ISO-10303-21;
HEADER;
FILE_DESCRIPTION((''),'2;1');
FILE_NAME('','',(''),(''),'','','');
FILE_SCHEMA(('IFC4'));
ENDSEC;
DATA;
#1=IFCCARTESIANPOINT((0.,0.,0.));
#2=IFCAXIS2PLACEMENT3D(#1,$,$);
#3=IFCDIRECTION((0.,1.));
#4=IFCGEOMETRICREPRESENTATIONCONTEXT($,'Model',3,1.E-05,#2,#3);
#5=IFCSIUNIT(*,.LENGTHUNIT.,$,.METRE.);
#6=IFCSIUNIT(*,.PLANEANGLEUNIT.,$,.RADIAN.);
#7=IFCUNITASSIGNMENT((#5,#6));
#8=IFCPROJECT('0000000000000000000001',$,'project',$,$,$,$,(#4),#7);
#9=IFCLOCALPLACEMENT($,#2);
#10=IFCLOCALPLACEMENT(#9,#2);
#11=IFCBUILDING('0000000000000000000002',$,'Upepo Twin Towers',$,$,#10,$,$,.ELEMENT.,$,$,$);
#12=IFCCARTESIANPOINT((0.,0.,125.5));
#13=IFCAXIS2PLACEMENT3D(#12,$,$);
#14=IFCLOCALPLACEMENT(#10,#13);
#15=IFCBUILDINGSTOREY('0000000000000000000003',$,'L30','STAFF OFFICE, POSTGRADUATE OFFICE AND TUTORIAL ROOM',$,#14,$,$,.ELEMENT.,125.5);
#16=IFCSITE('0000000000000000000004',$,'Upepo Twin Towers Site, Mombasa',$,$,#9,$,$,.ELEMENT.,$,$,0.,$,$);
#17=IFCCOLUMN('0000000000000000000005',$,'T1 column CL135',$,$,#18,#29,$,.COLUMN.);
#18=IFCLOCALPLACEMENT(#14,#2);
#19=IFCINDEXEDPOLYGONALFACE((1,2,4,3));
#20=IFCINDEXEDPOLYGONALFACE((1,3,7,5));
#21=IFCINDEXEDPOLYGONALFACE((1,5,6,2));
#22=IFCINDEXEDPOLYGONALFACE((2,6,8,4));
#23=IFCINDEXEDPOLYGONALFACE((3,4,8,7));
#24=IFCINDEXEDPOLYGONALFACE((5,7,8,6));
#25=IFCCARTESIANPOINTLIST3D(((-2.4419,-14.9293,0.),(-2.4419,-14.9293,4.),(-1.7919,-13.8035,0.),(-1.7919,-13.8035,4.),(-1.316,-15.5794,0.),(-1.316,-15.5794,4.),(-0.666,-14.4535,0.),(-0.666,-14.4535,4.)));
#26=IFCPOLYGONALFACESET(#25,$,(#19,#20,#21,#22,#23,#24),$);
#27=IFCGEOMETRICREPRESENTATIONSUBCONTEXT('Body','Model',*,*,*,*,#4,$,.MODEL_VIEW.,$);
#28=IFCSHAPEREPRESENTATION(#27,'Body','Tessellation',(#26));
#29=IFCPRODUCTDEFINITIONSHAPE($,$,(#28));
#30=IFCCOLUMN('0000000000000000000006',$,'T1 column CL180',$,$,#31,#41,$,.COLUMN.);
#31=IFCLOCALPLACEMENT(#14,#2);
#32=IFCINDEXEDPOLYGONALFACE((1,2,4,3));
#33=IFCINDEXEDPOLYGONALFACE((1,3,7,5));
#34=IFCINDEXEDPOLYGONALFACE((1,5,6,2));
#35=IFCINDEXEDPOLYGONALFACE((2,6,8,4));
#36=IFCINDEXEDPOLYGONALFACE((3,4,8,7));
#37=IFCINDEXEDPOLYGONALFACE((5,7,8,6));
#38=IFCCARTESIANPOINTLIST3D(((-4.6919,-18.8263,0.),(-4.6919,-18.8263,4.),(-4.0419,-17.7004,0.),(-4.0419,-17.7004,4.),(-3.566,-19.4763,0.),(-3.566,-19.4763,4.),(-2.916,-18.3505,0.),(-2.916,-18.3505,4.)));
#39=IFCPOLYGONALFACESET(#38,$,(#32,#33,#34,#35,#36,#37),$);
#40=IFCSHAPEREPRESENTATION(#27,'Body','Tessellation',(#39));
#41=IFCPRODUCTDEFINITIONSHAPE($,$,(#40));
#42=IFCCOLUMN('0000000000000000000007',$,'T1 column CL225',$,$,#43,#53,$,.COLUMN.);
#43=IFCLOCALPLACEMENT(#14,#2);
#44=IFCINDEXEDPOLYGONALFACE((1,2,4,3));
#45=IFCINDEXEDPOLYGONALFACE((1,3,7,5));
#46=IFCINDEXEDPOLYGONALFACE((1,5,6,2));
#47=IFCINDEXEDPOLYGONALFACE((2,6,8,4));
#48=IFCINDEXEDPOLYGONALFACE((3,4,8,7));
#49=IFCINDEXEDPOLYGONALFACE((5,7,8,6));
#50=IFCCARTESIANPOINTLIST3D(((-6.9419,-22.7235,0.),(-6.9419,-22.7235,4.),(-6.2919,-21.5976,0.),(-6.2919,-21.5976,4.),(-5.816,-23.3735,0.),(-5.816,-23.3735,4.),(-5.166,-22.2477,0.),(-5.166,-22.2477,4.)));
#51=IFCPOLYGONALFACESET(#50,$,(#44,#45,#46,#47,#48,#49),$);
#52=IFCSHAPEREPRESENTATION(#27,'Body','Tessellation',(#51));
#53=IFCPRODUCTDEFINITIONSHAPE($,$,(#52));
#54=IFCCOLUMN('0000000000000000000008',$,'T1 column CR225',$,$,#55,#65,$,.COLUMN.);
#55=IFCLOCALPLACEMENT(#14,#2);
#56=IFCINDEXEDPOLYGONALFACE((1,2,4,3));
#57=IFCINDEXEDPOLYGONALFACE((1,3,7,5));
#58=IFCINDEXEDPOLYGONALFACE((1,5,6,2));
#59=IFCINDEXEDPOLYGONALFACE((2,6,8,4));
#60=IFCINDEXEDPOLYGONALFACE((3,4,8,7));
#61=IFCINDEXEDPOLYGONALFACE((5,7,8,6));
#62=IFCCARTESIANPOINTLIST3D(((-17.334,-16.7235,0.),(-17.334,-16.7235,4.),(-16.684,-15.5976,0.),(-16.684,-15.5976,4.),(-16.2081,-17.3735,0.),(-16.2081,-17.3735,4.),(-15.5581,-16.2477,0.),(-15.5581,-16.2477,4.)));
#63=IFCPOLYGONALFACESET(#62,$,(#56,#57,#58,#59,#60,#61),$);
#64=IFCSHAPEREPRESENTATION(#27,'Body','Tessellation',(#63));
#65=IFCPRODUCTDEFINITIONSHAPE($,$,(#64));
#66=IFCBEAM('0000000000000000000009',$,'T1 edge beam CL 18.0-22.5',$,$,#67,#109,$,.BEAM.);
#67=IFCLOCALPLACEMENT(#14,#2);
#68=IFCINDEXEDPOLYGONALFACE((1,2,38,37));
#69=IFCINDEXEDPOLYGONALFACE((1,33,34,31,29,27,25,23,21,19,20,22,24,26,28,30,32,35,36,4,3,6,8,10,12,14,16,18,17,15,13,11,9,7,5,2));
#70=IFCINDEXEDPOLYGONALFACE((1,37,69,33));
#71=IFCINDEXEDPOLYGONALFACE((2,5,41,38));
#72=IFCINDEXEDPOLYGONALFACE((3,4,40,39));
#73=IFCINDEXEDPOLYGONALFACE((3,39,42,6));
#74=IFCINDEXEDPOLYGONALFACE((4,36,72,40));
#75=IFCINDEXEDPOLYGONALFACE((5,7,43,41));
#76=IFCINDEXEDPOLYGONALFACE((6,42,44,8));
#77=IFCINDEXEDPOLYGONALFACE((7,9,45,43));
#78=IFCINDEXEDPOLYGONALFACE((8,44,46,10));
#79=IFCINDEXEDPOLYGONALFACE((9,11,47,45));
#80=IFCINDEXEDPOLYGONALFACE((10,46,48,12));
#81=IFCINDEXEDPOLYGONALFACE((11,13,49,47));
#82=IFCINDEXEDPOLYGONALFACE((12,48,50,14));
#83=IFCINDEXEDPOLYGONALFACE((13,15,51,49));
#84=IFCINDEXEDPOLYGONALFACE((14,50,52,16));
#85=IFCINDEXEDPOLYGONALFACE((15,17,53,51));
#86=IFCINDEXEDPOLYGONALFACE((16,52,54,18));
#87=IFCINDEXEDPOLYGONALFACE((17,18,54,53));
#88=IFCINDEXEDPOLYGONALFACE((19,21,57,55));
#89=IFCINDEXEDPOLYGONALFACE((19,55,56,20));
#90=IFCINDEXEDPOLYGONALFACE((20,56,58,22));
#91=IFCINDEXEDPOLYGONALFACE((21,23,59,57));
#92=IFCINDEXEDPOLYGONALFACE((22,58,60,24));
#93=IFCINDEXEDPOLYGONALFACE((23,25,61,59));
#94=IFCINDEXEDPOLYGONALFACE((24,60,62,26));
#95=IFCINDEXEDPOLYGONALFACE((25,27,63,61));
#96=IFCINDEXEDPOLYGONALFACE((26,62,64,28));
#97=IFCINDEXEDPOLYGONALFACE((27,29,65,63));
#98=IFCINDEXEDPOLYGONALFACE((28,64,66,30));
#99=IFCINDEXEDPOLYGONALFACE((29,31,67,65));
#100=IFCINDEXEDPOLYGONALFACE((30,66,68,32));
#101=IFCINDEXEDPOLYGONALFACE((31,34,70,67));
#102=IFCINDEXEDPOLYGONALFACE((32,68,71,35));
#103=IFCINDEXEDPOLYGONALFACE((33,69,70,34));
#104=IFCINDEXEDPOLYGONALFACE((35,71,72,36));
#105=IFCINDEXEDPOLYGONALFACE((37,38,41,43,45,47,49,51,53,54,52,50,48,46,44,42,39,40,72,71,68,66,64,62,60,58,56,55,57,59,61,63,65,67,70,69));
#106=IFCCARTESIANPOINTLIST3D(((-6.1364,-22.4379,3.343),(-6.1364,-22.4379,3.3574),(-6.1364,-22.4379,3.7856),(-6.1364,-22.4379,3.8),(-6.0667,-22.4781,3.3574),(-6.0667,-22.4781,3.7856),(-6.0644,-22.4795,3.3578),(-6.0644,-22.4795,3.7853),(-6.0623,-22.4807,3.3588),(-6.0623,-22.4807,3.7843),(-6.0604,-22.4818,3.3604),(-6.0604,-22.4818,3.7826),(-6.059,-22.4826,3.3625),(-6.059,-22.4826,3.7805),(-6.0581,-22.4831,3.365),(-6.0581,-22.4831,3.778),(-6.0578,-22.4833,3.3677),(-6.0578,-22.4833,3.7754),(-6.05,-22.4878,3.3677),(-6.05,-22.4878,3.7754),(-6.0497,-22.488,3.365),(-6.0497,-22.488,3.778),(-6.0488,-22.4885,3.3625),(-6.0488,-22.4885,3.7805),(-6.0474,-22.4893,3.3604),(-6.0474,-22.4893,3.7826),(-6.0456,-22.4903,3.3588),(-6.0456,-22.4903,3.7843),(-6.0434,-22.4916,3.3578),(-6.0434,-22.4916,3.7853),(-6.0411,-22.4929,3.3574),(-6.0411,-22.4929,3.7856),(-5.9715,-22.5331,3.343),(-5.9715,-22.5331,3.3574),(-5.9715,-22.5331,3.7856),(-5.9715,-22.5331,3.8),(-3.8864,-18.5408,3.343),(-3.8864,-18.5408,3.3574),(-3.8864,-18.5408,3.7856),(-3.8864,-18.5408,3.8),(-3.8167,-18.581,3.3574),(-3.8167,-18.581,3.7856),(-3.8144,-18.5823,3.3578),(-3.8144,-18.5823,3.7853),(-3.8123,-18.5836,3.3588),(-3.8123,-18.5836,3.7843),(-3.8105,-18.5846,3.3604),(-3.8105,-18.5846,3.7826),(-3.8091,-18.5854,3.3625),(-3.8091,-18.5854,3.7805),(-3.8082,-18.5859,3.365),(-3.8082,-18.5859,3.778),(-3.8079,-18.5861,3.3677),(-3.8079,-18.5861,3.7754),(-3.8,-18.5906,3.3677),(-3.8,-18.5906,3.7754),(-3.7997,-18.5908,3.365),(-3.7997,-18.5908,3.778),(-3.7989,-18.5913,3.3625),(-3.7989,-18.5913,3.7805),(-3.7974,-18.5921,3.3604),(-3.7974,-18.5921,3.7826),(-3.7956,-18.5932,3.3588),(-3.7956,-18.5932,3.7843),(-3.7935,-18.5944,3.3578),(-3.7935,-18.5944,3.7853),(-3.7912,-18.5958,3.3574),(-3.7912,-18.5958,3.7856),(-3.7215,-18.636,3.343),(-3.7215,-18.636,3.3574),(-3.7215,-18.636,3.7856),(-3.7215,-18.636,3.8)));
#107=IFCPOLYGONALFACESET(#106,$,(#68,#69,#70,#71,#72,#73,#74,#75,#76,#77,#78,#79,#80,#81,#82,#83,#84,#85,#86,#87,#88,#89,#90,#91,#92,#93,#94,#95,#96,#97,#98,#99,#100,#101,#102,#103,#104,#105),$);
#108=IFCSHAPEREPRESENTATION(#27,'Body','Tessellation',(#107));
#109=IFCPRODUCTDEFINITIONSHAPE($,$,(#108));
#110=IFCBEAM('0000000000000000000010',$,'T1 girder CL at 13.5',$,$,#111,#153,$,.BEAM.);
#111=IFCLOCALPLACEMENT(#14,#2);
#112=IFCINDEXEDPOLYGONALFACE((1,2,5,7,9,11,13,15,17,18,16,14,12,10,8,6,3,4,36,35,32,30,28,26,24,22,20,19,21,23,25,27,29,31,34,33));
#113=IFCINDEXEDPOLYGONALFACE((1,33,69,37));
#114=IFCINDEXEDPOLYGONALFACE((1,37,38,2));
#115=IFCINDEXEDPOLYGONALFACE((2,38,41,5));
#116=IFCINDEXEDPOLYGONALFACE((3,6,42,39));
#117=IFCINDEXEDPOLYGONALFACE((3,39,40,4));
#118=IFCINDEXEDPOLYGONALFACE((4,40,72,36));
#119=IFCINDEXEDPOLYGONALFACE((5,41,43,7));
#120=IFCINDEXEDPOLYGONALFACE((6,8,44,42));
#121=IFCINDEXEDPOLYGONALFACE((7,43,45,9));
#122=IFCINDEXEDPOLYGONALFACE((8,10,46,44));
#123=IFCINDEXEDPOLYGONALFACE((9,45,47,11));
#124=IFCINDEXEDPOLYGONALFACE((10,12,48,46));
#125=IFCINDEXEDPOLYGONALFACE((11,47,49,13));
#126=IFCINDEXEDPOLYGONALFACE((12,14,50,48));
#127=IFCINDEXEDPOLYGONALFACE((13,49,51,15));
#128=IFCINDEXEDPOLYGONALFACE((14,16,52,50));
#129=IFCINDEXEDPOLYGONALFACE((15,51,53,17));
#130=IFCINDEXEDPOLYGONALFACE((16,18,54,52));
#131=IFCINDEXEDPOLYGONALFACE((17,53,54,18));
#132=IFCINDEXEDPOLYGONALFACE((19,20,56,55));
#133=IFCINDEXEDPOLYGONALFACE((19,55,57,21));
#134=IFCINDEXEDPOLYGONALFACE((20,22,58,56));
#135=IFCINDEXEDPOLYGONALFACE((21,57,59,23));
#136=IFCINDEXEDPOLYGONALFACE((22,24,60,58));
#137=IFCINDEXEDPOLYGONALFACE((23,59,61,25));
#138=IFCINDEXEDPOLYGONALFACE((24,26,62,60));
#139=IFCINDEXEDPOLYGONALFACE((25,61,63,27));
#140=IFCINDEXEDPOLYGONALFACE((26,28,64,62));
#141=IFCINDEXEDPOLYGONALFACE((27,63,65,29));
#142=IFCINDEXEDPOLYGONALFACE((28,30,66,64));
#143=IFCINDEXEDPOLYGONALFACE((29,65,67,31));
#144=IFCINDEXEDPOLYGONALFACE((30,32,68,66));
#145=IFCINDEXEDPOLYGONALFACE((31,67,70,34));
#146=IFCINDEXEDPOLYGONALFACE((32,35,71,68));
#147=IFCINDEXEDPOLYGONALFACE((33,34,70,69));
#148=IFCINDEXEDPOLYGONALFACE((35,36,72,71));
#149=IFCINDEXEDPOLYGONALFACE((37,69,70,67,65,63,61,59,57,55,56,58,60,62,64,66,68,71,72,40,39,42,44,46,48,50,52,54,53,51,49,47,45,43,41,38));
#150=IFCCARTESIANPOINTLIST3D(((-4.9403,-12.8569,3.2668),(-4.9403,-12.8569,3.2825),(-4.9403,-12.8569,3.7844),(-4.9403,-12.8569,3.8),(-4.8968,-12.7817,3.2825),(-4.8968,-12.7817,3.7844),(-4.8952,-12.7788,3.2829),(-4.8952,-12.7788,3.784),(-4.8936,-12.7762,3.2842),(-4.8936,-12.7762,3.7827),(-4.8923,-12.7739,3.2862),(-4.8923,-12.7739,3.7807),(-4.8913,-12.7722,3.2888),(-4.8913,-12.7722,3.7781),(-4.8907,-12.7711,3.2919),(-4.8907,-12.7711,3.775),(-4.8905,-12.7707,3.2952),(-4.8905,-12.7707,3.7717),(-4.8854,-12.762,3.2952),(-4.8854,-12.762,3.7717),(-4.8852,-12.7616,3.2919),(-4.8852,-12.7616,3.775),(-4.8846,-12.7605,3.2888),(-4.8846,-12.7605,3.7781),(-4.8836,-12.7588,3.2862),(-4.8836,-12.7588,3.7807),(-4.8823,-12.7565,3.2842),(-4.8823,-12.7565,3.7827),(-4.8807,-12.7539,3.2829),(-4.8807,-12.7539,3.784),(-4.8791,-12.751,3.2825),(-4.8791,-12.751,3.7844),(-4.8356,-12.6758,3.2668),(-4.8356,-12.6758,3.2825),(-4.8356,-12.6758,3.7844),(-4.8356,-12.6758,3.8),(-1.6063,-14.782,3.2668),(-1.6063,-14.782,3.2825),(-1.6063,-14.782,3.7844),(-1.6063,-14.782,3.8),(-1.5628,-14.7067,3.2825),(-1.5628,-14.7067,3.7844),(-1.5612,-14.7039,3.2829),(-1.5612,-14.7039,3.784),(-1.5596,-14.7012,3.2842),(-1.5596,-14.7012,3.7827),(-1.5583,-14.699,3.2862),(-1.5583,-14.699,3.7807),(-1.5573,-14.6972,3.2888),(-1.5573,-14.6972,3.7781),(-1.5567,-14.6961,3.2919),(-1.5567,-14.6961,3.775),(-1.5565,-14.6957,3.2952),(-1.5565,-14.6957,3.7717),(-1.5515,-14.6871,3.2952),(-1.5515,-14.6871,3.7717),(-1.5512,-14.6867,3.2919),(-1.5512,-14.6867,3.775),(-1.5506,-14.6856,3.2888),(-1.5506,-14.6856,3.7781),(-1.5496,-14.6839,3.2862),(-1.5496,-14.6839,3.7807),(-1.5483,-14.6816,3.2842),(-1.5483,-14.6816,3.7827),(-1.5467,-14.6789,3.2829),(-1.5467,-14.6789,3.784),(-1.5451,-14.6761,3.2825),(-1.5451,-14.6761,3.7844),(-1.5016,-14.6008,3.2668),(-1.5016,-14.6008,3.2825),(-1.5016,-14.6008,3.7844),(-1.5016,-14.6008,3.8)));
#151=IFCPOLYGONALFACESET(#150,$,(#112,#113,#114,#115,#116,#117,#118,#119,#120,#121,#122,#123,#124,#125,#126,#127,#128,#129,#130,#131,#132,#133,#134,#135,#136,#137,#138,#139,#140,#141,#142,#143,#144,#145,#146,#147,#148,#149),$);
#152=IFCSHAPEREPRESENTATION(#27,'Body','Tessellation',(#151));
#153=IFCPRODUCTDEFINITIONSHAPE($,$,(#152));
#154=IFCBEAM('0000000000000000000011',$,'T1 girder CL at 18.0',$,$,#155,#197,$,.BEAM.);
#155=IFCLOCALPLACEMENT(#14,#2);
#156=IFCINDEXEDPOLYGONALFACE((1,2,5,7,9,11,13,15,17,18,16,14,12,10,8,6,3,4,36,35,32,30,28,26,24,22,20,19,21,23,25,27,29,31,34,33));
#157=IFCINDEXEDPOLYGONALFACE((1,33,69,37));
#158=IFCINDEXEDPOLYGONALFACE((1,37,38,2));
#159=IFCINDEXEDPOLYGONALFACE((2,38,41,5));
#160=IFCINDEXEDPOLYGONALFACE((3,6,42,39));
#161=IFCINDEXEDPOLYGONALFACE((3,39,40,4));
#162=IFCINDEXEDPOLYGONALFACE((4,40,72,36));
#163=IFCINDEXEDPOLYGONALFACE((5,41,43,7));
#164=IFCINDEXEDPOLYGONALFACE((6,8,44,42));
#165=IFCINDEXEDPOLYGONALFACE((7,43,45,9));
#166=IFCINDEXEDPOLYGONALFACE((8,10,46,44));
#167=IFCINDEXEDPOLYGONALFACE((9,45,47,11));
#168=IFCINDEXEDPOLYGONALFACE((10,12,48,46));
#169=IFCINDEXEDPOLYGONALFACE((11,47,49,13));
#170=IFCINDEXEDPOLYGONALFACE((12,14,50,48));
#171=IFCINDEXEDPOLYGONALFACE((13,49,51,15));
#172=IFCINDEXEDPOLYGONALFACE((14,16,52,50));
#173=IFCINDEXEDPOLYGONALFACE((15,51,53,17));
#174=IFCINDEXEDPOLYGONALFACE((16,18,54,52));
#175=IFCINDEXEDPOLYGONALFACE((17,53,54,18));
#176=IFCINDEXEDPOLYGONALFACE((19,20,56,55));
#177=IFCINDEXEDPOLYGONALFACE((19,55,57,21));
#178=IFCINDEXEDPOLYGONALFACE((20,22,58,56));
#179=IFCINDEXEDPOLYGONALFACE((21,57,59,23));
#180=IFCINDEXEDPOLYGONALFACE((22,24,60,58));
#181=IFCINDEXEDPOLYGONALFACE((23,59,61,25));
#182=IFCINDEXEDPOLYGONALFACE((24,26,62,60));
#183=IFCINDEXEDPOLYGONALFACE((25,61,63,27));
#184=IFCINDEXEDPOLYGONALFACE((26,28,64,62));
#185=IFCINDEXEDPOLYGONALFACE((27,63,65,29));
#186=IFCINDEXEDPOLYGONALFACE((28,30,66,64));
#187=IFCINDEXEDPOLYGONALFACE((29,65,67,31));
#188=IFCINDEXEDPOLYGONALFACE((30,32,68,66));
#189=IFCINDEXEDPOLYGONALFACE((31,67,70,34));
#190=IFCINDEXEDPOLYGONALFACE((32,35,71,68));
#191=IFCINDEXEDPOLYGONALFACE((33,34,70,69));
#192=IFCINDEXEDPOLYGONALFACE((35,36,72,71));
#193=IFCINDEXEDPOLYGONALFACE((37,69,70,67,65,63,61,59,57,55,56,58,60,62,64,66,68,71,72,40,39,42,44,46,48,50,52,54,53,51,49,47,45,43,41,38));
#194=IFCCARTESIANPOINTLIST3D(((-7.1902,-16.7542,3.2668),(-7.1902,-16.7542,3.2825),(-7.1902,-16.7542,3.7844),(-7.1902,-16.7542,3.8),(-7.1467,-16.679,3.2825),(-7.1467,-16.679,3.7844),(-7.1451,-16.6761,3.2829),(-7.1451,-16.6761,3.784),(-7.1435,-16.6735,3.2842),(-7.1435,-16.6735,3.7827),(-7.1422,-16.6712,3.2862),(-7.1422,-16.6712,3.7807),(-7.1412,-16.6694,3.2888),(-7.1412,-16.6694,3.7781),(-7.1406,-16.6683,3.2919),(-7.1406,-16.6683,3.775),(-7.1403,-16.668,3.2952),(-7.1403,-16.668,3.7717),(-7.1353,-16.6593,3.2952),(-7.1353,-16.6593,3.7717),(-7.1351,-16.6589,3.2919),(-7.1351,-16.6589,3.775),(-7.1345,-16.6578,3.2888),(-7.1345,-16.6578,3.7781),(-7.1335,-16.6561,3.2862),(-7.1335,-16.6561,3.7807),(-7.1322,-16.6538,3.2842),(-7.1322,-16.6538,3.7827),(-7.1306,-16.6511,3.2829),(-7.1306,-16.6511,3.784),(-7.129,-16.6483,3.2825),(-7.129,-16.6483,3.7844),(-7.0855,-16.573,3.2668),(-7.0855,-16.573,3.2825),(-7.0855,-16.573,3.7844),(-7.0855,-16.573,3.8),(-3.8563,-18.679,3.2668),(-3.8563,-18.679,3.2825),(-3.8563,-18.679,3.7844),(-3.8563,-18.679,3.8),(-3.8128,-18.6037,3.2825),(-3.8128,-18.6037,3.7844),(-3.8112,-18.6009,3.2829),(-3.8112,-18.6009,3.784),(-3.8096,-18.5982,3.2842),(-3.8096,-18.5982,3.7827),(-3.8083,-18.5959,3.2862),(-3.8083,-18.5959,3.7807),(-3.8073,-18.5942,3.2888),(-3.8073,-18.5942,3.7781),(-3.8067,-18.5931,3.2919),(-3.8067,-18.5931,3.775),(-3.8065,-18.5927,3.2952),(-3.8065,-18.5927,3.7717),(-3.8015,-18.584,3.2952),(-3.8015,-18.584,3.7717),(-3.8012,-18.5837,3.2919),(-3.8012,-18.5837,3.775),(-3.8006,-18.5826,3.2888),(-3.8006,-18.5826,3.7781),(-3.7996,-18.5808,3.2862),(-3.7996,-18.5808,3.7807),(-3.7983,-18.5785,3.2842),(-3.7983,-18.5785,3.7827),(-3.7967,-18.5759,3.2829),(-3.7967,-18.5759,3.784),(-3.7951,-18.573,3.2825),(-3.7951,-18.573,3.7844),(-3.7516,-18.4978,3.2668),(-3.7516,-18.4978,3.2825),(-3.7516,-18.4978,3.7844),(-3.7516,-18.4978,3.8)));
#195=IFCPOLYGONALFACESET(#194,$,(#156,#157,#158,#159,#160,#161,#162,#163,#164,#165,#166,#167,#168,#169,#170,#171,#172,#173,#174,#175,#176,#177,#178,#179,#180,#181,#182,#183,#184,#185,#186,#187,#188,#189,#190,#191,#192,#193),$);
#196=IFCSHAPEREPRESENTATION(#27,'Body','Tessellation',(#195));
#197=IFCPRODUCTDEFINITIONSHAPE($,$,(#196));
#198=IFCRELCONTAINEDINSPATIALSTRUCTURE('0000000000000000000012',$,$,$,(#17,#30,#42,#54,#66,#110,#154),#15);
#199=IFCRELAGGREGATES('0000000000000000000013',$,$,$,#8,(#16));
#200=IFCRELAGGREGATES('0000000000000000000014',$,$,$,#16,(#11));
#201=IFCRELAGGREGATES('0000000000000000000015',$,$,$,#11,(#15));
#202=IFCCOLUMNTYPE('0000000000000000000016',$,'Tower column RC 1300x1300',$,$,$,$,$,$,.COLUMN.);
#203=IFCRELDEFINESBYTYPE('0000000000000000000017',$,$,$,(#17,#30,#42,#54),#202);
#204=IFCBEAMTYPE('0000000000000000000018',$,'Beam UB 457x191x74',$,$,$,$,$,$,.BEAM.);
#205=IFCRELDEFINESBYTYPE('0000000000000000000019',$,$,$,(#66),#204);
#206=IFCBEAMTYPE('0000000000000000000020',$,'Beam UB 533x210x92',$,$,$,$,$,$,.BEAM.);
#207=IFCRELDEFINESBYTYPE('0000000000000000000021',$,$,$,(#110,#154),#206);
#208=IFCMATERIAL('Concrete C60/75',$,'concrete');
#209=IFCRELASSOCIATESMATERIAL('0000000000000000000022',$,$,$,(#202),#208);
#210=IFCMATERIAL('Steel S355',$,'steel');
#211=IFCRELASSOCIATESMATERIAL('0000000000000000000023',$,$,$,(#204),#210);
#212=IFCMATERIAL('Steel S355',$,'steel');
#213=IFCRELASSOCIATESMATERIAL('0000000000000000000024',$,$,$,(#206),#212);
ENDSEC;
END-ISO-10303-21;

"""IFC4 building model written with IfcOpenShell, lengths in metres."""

from ifc_helpers import new_model, si_unit, direction, frame, origin, origin_2d, place, context, subcontext, project, spatial, rectangle, i_section, extrude, material, material_profile, profile_set, type_object, element, save


model = new_model("IFC4")

# Units and contexts
model_context = context("Model", 3, precision=1e-05, world=origin(), true_north=direction((0.0, 1.0)))
body_context = subcontext(model_context, "Body", "Model", "MODEL_VIEW")
ifc_project = project(units=[si_unit("LENGTHUNIT", "METRE"), si_unit("PLANEANGLEUNIT", "RADIAN")], contexts=[model_context])

# Site, building, storey
site_placement = place(None, origin())
site = spatial("IfcSite", under=ifc_project, at=site_placement, Name="Upepo Twin Towers Site, Mombasa", CompositionType="ELEMENT", RefElevation=0.0)
building_placement = place(site_placement, origin())
building = spatial("IfcBuilding", under=site, at=building_placement, Name="Upepo Twin Towers", CompositionType="ELEMENT")
storey_placement = place(building_placement, frame((0.0, 0.0, 125.5)))
storey = spatial("IfcBuildingStorey", under=building, at=storey_placement, Name="L30", Description="STAFF OFFICE, POSTGRADUATE OFFICE AND TUTORIAL ROOM", CompositionType="ELEMENT", Elevation=125.5)

# Columns
ifc_material_1 = material(Name="Concrete C60/75", Category="concrete")
ifc_material_profile_1 = material_profile(ifc_material_1, rectangle(XDim=1.3, YDim=1.3, at=origin_2d()), Name="RC 1300x1300")
ifc_profile_set_1 = profile_set([ifc_material_profile_1], Name="Concrete C60/75")
column_type = type_object("IfcColumnType", Name="Tower column RC 1300x1300", PredefinedType="COLUMN", material=ifc_profile_set_1)
for number, where, z_axis, x_axis, name in (
    (1, (-1.554, -14.6914, 0.0), (0.0, 0.0, 1.0), (0.5, 0.866025, 0.0), "T1 column CL135"),
    (2, (-3.804, -18.5884, 0.0), (0.0, 0.0, 1.0), (0.5, 0.866025, 0.0), "T1 column CL180"),
    (3, (-6.054, -22.4856, 0.0), (0.0, 0.0, 1.0), (0.5, 0.866025, 0.0), "T1 column CL225"),
    (4, (-16.446, -16.4856, 0.0), (0.0, 0.0, 1.0), (0.5, 0.866025, 0.0), "T1 column CR225"),
):
    element("IfcColumn", number, at=place(storey_placement, frame(where, z_axis=z_axis, x_axis=x_axis)), inside=storey, type_object=column_type, Name=name, PredefinedType="COLUMN", context=body_context, shape_type="SweptSolid", body=[
        extrude(rectangle(XDim=1.3, YDim=1.3, at=origin_2d()), origin(), (0.0, 0.0, 1.0), 4.0),
    ])

# Beams
ifc_material_2 = material(Name="Steel S355", Category="steel")
ifc_material_profile_2 = material_profile(ifc_material_2, i_section(OverallWidth=0.1904, OverallDepth=0.457, WebThickness=0.009, FlangeThickness=0.0144, FilletRadius=0.0103, at=origin_2d()), Name="UB 457x191x74")
ifc_profile_set_2 = profile_set([ifc_material_profile_2], Name="Steel S355")
beam_type_1 = type_object("IfcBeamType", Name="Beam UB 457x191x74", PredefinedType="BEAM", material=ifc_profile_set_2)
beam_1_placement = place(storey_placement, frame((-3.804, -18.5884, 3.5715), z_axis=(-0.49999, -0.866031, 0.0), x_axis=(0.866031, -0.49999, 0.0)))
element("IfcBeam", 5, at=beam_1_placement, inside=storey, type_object=beam_type_1, Name="T1 edge beam CL 18.0-22.5", PredefinedType="BEAM", context=body_context, shape_type="SweptSolid", body=[
    extrude(i_section(OverallWidth=0.1904, OverallDepth=0.457, WebThickness=0.009, FlangeThickness=0.0144, FilletRadius=0.0103, at=origin_2d()), origin(), (0.0, 0.0, 1.0), 4.5),
])
ifc_material_3 = material(Name="Steel S355", Category="steel")
ifc_material_profile_3 = material_profile(ifc_material_3, i_section(OverallWidth=0.2092, OverallDepth=0.5332, WebThickness=0.01, FlangeThickness=0.0156, FilletRadius=0.0127, at=origin_2d()), Name="UB 533x210x92")
ifc_profile_set_3 = profile_set([ifc_material_profile_3], Name="Steel S355")
beam_type_2 = type_object("IfcBeamType", Name="Beam UB 533x210x92", PredefinedType="BEAM", material=ifc_profile_set_3)
beam_2_placement = place(storey_placement, frame((-1.554, -14.6914, 3.5334), z_axis=(-0.866006, 0.500034, 0.0), x_axis=(-0.500034, -0.866006, 0.0)))
element("IfcBeam", 6, at=beam_2_placement, inside=storey, type_object=beam_type_2, Name="T1 girder CL at 13.5", PredefinedType="BEAM", context=body_context, shape_type="SweptSolid", body=[
    extrude(i_section(OverallWidth=0.2092, OverallDepth=0.5332, WebThickness=0.01, FlangeThickness=0.0156, FilletRadius=0.0127, at=origin_2d()), origin(), (0.0, 0.0, 1.0), 3.8499),
])
beam_3_placement = place(storey_placement, frame((-3.804, -18.5884, 3.5334), z_axis=(-0.866034, 0.499986, 0.0), x_axis=(-0.499986, -0.866034, 0.0)))
element("IfcBeam", 7, at=beam_3_placement, inside=storey, type_object=beam_type_2, Name="T1 girder CL at 18.0", PredefinedType="BEAM", context=body_context, shape_type="SweptSolid", body=[
    extrude(i_section(OverallWidth=0.2092, OverallDepth=0.5332, WebThickness=0.01, FlangeThickness=0.0156, FilletRadius=0.0127, at=origin_2d()), origin(), (0.0, 0.0, 1.0), 3.8496),
])

save(model, "model.ifc")
